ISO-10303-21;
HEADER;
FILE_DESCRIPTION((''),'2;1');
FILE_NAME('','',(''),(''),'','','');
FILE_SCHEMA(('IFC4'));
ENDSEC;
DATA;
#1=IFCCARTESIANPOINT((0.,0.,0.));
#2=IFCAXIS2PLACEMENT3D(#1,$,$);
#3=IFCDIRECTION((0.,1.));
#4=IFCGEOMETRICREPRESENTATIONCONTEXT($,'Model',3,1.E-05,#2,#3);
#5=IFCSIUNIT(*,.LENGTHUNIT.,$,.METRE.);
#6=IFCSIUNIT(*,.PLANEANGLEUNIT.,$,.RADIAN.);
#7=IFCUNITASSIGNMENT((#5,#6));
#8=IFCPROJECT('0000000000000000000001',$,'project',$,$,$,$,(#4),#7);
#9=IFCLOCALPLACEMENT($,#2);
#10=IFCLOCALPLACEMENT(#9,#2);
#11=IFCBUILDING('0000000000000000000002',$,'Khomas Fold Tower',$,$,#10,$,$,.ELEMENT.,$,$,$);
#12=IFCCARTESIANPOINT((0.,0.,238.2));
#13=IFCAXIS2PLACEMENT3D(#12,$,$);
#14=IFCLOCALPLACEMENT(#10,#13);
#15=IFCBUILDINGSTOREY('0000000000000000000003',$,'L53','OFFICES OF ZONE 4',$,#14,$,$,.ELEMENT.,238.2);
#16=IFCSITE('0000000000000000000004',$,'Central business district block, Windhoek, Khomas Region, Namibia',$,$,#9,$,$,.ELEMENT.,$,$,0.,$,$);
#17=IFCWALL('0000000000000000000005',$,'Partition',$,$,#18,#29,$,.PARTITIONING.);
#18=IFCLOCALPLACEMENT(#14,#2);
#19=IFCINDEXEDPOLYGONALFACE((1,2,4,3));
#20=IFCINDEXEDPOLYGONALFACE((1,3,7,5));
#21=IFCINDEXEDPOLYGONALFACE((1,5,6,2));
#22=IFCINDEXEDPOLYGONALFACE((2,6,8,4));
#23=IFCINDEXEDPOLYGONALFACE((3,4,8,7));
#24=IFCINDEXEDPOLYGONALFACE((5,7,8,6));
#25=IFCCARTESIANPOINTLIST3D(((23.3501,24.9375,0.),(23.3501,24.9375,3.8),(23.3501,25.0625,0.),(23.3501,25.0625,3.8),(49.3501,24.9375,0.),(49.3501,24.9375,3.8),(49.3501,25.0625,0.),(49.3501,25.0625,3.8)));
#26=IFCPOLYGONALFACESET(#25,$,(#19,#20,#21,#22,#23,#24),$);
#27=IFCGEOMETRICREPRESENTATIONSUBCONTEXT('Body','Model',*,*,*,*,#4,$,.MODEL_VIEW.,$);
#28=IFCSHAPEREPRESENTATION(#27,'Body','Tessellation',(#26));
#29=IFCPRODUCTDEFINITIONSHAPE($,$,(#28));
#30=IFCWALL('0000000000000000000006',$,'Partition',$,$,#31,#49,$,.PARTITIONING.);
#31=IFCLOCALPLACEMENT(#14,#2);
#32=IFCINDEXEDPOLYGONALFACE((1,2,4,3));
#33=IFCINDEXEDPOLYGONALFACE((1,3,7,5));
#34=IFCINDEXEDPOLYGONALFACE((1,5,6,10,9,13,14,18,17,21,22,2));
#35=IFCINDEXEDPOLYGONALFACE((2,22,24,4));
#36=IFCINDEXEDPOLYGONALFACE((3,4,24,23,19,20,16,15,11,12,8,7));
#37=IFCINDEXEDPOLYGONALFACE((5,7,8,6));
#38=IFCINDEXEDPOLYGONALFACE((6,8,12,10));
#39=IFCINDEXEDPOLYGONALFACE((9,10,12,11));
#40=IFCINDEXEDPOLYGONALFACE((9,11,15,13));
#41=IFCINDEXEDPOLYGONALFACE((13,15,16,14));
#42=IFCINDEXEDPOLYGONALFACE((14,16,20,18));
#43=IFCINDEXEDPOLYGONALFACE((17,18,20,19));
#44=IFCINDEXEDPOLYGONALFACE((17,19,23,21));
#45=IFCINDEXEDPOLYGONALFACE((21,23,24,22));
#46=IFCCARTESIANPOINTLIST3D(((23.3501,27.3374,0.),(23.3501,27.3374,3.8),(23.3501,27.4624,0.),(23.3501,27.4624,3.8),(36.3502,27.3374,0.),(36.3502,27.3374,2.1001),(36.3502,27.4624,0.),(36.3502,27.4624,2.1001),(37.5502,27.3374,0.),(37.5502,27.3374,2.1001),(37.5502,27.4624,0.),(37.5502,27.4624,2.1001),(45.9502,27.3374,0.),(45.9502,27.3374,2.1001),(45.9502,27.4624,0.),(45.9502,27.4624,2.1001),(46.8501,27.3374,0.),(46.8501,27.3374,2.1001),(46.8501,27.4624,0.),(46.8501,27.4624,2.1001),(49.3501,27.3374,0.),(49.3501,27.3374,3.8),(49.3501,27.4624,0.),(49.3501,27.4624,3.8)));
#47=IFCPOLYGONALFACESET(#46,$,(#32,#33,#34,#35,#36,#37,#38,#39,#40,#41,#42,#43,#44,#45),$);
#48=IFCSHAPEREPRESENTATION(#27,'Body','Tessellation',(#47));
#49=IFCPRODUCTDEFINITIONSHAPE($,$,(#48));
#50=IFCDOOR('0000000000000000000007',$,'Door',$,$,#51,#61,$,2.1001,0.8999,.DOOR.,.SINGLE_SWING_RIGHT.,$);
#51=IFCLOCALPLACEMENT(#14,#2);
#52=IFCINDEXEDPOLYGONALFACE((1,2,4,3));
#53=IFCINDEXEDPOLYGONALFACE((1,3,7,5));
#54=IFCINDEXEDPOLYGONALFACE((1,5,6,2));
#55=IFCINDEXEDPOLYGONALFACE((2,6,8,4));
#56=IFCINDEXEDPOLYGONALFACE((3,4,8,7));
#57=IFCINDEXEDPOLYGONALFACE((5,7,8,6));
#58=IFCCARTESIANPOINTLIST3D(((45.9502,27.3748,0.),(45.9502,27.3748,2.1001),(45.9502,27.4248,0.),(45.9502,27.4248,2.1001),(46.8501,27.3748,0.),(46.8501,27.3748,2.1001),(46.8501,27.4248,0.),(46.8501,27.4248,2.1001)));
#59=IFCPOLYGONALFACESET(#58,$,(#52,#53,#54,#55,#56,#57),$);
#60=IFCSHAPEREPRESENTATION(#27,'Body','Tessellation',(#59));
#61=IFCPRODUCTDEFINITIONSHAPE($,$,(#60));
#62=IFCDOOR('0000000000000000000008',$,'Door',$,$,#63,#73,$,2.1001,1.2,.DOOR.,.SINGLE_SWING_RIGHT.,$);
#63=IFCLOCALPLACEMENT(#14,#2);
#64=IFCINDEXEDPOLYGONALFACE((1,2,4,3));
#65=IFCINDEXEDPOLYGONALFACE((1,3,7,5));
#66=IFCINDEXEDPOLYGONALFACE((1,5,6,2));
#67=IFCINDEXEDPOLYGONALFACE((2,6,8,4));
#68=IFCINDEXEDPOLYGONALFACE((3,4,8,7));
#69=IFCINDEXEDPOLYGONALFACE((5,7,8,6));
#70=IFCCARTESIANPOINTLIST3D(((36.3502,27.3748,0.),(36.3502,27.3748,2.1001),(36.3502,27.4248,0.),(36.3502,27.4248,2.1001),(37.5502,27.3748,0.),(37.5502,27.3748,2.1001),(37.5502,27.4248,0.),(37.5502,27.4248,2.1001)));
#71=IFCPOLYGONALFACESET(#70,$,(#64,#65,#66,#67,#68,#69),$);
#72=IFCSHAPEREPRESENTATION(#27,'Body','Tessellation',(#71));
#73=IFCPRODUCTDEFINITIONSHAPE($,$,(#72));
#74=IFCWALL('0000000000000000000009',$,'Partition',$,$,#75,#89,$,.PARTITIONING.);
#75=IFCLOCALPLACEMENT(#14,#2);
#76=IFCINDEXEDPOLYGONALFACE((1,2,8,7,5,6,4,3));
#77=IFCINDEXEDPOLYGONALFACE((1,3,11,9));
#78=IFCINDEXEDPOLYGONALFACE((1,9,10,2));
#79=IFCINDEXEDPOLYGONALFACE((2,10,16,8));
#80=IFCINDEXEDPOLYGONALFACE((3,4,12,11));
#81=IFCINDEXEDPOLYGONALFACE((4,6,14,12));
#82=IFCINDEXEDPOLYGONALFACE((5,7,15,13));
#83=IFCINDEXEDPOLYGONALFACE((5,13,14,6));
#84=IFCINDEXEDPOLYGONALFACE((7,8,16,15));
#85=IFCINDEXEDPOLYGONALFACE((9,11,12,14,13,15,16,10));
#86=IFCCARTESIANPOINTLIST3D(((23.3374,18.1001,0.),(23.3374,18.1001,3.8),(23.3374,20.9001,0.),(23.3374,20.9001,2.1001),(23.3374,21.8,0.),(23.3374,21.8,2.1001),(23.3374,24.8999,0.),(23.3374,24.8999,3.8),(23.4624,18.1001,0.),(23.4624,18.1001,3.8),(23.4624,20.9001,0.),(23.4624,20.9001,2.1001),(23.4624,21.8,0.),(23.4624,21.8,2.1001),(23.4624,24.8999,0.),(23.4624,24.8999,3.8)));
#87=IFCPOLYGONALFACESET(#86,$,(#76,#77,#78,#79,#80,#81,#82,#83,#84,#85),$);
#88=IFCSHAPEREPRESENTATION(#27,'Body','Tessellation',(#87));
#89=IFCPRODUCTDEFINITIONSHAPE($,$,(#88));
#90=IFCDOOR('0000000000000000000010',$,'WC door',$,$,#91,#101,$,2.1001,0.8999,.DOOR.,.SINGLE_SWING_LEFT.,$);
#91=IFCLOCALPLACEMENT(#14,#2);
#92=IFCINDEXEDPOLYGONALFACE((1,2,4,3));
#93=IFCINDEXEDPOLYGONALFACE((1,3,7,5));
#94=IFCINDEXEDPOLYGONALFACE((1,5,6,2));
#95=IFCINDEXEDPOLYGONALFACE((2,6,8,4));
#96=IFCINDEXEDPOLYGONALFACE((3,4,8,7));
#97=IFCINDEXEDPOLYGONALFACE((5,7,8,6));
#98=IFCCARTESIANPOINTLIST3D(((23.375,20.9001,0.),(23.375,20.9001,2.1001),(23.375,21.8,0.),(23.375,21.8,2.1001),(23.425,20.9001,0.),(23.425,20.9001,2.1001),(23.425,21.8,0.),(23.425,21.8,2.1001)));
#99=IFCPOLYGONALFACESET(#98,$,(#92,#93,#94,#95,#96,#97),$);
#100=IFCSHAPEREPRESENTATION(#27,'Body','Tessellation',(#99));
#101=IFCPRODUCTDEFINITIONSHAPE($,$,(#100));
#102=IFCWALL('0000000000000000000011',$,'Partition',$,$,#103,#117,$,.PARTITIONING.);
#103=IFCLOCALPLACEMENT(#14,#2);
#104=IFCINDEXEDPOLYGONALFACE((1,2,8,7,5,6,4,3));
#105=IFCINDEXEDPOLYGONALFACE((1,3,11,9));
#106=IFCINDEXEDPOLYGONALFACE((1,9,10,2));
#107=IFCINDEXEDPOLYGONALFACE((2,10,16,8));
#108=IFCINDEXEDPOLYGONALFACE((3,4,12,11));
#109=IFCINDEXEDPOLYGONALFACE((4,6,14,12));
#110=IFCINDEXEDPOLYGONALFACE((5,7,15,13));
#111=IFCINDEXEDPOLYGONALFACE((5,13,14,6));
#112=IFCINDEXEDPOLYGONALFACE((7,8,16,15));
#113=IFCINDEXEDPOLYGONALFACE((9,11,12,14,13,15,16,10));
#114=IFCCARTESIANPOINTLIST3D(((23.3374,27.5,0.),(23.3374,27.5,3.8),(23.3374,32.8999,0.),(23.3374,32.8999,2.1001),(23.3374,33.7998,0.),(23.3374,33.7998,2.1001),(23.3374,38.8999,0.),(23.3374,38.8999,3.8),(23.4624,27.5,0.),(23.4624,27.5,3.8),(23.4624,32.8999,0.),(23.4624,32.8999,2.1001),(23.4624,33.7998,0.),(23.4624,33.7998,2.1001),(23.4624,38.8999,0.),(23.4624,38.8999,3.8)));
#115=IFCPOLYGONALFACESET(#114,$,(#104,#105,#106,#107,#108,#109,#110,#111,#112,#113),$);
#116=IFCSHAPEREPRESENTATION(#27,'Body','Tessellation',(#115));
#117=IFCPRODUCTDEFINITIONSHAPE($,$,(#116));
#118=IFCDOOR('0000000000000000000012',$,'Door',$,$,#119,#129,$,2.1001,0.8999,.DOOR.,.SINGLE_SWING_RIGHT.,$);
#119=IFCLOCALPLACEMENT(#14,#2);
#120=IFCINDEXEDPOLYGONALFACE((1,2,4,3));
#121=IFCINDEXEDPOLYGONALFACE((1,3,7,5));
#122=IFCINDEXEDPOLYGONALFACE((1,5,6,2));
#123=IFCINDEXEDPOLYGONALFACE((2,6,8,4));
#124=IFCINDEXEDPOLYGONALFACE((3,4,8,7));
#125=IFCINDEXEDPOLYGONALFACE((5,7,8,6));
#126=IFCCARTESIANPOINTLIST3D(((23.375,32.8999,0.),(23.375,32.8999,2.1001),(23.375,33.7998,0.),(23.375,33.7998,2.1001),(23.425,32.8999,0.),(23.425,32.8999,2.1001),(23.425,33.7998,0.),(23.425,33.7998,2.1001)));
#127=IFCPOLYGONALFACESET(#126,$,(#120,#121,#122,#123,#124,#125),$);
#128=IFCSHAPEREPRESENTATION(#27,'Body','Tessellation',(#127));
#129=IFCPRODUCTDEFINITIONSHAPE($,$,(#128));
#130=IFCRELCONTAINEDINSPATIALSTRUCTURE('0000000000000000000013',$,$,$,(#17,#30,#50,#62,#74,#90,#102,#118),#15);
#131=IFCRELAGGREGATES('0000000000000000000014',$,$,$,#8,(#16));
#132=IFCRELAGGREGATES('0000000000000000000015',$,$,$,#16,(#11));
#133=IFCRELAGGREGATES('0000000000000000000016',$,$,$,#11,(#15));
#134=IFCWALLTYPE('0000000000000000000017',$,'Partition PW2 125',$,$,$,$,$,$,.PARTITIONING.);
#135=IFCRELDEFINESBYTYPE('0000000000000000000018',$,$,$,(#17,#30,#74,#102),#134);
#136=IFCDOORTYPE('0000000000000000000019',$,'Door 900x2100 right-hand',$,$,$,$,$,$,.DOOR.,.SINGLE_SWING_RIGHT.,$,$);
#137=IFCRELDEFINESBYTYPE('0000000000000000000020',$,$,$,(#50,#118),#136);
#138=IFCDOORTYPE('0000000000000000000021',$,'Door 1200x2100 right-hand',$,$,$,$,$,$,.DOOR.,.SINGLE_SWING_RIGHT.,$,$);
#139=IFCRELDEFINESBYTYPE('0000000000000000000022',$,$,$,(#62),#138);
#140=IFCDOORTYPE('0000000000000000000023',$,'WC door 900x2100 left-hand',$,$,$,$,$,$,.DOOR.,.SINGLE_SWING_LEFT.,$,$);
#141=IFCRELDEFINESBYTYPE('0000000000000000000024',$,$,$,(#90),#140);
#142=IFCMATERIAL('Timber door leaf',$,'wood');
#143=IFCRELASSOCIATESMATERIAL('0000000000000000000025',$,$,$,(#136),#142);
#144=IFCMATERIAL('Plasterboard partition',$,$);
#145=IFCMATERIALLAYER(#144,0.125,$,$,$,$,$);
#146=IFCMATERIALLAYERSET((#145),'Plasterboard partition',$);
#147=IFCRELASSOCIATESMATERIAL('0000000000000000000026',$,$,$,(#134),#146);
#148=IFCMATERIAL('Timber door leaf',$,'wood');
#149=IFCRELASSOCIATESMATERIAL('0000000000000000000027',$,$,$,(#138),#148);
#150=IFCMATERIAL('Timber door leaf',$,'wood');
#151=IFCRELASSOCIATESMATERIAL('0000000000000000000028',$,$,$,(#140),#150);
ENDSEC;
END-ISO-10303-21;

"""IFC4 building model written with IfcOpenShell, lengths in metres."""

from ifc_helpers import new_model, si_unit, direction, frame, frame_2d, origin, place, context, subcontext, project, spatial, rectangle, extrude, source, transform, mapped, material, layer, layer_set, type_object, element, fill, save


model = new_model("IFC4")

# Units and contexts
model_context = context("Model", 3, precision=1e-05, world=origin(), true_north=direction((0.0, 1.0)))
body_context = subcontext(model_context, "Body", "Model", "MODEL_VIEW")
ifc_project = project(units=[si_unit("LENGTHUNIT", "METRE"), si_unit("PLANEANGLEUNIT", "RADIAN")], contexts=[model_context])

# Site, building, storey
site_placement = place(None, origin())
site = spatial("IfcSite", under=ifc_project, at=site_placement, Name="Central business district block, Windhoek, Khomas Region, Namibia", CompositionType="ELEMENT", RefElevation=0.0)
building_placement = place(site_placement, origin())
building = spatial("IfcBuilding", under=site, at=building_placement, Name="Khomas Fold Tower", CompositionType="ELEMENT")
storey_placement = place(building_placement, frame((0.0, 0.0, 238.2)))
storey = spatial("IfcBuildingStorey", under=building, at=storey_placement, Name="L53", Description="OFFICES OF ZONE 4", CompositionType="ELEMENT", Elevation=238.2)

# Shared definitions
ifc_material_1 = material(Name="Timber door leaf", Category="wood")
door_type_1 = type_object("IfcDoorType", Name="Door 900x2100 right-hand", OperationType="SINGLE_SWING_RIGHT", PredefinedType="DOOR", material=ifc_material_1)
ifc_material_2 = material(Name="Plasterboard partition")
ifc_layer_1 = layer(ifc_material_2, 0.125)
ifc_layer_set_1 = layer_set([ifc_layer_1], Name="Plasterboard partition")
wall_type_1 = type_object("IfcWallType", Name="Partition PW2 125", PredefinedType="PARTITIONING", material=ifc_layer_set_1)
shared_shape_1 = source(origin(), body_context, "Body", "SweptSolid", [
    extrude(rectangle(XDim=26.0, YDim=0.125, at=frame_2d((13.0, 0.0))), origin(), (0.0, 0.0, 1.0), 3.8),
])
shared_shape_2 = source(origin(), body_context, "Body", "SweptSolid", [
    extrude(rectangle(XDim=1.2, YDim=2.1001, at=frame_2d((0.6001, 1.05))), frame((0.0, 0.0725, 0.0), z_axis=(0.0, -1.0, 0.0), x_axis=(1.0, 0.0, 0.0)), (0.0, 0.0, 1.0), 0.145),
])
shared_shape_3 = source(origin(), body_context, "Body", "SweptSolid", [
    extrude(rectangle(XDim=0.8999, YDim=2.1001, at=frame_2d((0.45, 1.05))), frame((0.0, 0.0725, 0.0), z_axis=(0.0, -1.0, 0.0), x_axis=(1.0, 0.0, 0.0)), (0.0, 0.0, 1.0), 0.145),
])
shared_shape_4 = source(origin(), body_context, "Body", "SweptSolid", [
    extrude(rectangle(XDim=0.8999, YDim=2.1001, at=frame_2d((0.45, 1.05))), frame((0.0, 0.0249, 0.0), z_axis=(0.0, -1.0, 0.0), x_axis=(1.0, 0.0, 0.0)), (0.0, 0.0, 1.0), 0.05),
])
ifc_material_3 = material(Name="Timber door leaf", Category="wood")
door_type_2 = type_object("IfcDoorType", Name="Door 1200x2100 right-hand", OperationType="SINGLE_SWING_RIGHT", PredefinedType="DOOR", material=ifc_material_3)
shared_shape_5 = source(origin(), body_context, "Body", "SweptSolid", [
    extrude(rectangle(XDim=1.2, YDim=2.1001, at=frame_2d((0.6001, 1.05))), frame((0.0, 0.0249, 0.0), z_axis=(0.0, -1.0, 0.0), x_axis=(1.0, 0.0, 0.0)), (0.0, 0.0, 1.0), 0.05),
])

# Wall
wall_1_placement = place(storey_placement, frame((23.3501, 25.0, 0.0), z_axis=(0.0, 0.0, 1.0), x_axis=(1.0, 0.0, 0.0)))
element("IfcWall", 1, at=wall_1_placement, inside=storey, type_object=wall_type_1, Name="Partition", PredefinedType="PARTITIONING", context=body_context, shape_type="MappedRepresentation", body=[
    mapped(shared_shape_1, transform((0.0, 0.0, 0.0))),
])

# Wall, openings, doors
wall_2_placement = place(storey_placement, frame((23.3501, 27.3999, 0.0), z_axis=(0.0, 0.0, 1.0), x_axis=(1.0, 0.0, 0.0)))
wall_2 = element("IfcWall", 2, at=wall_2_placement, inside=storey, type_object=wall_type_1, Name="Partition", PredefinedType="PARTITIONING", context=body_context, shape_type="MappedRepresentation", body=[
    mapped(shared_shape_1, transform((0.0, 0.0, 0.0))),
])
opening_1_placement = place(wall_2_placement, frame((13.0, 0.0, 0.0)))
opening_1 = element("IfcOpeningElement", 3, at=opening_1_placement, cuts=wall_2, PredefinedType="OPENING", context=body_context, shape_type="MappedRepresentation", body=[
    mapped(shared_shape_2, transform((0.0, 0.0, 0.0))),
])
opening_2_placement = place(wall_2_placement, frame((22.6001, 0.0, 0.0)))
opening_2 = element("IfcOpeningElement", 4, at=opening_2_placement, cuts=wall_2, PredefinedType="OPENING", context=body_context, shape_type="MappedRepresentation", body=[
    mapped(shared_shape_3, transform((0.0, 0.0, 0.0))),
])
door_1_placement = place(opening_2_placement, origin())
door_1 = element("IfcDoor", 5, at=door_1_placement, inside=storey, type_object=door_type_1, Name="Door", OperationType="SINGLE_SWING_RIGHT", OverallHeight=2.1001, OverallWidth=0.8999, PredefinedType="DOOR", context=body_context, shape_type="MappedRepresentation", body=[
    mapped(shared_shape_4, transform((0.0, 0.0, 0.0))),
])
fill(opening_2, door_1)
door_2_placement = place(opening_1_placement, origin())
door_2 = element("IfcDoor", 6, at=door_2_placement, inside=storey, type_object=door_type_2, Name="Door", OperationType="SINGLE_SWING_RIGHT", OverallHeight=2.1001, OverallWidth=1.2, PredefinedType="DOOR", context=body_context, shape_type="MappedRepresentation", body=[
    mapped(shared_shape_5, transform((0.0, 0.0, 0.0))),
])
fill(opening_1, door_2)

# Walls, openings, doors
shared_shape_6 = source(origin(), body_context, "Body", "SweptSolid", [
    extrude(rectangle(XDim=6.7998, YDim=0.125, at=frame_2d((3.3999, 0.0))), origin(), (0.0, 0.0, 1.0), 3.8),
])
wall_3_placement = place(storey_placement, frame((23.3999, 18.1001, 0.0), z_axis=(0.0, 0.0, 1.0), x_axis=(0.0, 1.0, 0.0)))
wall_3 = element("IfcWall", 7, at=wall_3_placement, inside=storey, type_object=wall_type_1, Name="Partition", PredefinedType="PARTITIONING", context=body_context, shape_type="MappedRepresentation", body=[
    mapped(shared_shape_6, transform((0.0, 0.0, 0.0))),
])
opening_3_placement = place(wall_3_placement, frame((2.8, 0.0, 0.0)))
opening_3 = element("IfcOpeningElement", 8, at=opening_3_placement, cuts=wall_3, PredefinedType="OPENING", context=body_context, shape_type="MappedRepresentation", body=[
    mapped(shared_shape_3, transform((0.0, 0.0, 0.0))),
])
ifc_material_4 = material(Name="Timber door leaf", Category="wood")
door_type_3 = type_object("IfcDoorType", Name="WC door 900x2100 left-hand", OperationType="SINGLE_SWING_LEFT", PredefinedType="DOOR", material=ifc_material_4)
door_3_placement = place(opening_3_placement, origin())
door_3 = element("IfcDoor", 9, at=door_3_placement, inside=storey, type_object=door_type_3, Name="WC door", OperationType="SINGLE_SWING_LEFT", OverallHeight=2.1001, OverallWidth=0.8999, PredefinedType="DOOR", context=body_context, shape_type="MappedRepresentation", body=[
    mapped(shared_shape_4, transform((0.0, 0.0, 0.0))),
])
fill(opening_3, door_3)
shared_shape_7 = source(origin(), body_context, "Body", "SweptSolid", [
    extrude(rectangle(XDim=11.3999, YDim=0.125, at=frame_2d((5.7, 0.0))), origin(), (0.0, 0.0, 1.0), 3.8),
])
wall_4_placement = place(storey_placement, frame((23.3999, 27.5, 0.0), z_axis=(0.0, 0.0, 1.0), x_axis=(0.0, 1.0, 0.0)))
wall_4 = element("IfcWall", 10, at=wall_4_placement, inside=storey, type_object=wall_type_1, Name="Partition", PredefinedType="PARTITIONING", context=body_context, shape_type="MappedRepresentation", body=[
    mapped(shared_shape_7, transform((0.0, 0.0, 0.0))),
])
opening_4_placement = place(wall_4_placement, frame((5.3999, 0.0, 0.0)))
opening_4 = element("IfcOpeningElement", 11, at=opening_4_placement, cuts=wall_4, PredefinedType="OPENING", context=body_context, shape_type="MappedRepresentation", body=[
    mapped(shared_shape_3, transform((0.0, 0.0, 0.0))),
])
door_4_placement = place(opening_4_placement, origin())
door_4 = element("IfcDoor", 12, at=door_4_placement, inside=storey, type_object=door_type_1, Name="Door", OperationType="SINGLE_SWING_RIGHT", OverallHeight=2.1001, OverallWidth=0.8999, PredefinedType="DOOR", context=body_context, shape_type="MappedRepresentation", body=[
    mapped(shared_shape_4, transform((0.0, 0.0, 0.0))),
])
fill(opening_4, door_4)

save(model, "model.ifc")
